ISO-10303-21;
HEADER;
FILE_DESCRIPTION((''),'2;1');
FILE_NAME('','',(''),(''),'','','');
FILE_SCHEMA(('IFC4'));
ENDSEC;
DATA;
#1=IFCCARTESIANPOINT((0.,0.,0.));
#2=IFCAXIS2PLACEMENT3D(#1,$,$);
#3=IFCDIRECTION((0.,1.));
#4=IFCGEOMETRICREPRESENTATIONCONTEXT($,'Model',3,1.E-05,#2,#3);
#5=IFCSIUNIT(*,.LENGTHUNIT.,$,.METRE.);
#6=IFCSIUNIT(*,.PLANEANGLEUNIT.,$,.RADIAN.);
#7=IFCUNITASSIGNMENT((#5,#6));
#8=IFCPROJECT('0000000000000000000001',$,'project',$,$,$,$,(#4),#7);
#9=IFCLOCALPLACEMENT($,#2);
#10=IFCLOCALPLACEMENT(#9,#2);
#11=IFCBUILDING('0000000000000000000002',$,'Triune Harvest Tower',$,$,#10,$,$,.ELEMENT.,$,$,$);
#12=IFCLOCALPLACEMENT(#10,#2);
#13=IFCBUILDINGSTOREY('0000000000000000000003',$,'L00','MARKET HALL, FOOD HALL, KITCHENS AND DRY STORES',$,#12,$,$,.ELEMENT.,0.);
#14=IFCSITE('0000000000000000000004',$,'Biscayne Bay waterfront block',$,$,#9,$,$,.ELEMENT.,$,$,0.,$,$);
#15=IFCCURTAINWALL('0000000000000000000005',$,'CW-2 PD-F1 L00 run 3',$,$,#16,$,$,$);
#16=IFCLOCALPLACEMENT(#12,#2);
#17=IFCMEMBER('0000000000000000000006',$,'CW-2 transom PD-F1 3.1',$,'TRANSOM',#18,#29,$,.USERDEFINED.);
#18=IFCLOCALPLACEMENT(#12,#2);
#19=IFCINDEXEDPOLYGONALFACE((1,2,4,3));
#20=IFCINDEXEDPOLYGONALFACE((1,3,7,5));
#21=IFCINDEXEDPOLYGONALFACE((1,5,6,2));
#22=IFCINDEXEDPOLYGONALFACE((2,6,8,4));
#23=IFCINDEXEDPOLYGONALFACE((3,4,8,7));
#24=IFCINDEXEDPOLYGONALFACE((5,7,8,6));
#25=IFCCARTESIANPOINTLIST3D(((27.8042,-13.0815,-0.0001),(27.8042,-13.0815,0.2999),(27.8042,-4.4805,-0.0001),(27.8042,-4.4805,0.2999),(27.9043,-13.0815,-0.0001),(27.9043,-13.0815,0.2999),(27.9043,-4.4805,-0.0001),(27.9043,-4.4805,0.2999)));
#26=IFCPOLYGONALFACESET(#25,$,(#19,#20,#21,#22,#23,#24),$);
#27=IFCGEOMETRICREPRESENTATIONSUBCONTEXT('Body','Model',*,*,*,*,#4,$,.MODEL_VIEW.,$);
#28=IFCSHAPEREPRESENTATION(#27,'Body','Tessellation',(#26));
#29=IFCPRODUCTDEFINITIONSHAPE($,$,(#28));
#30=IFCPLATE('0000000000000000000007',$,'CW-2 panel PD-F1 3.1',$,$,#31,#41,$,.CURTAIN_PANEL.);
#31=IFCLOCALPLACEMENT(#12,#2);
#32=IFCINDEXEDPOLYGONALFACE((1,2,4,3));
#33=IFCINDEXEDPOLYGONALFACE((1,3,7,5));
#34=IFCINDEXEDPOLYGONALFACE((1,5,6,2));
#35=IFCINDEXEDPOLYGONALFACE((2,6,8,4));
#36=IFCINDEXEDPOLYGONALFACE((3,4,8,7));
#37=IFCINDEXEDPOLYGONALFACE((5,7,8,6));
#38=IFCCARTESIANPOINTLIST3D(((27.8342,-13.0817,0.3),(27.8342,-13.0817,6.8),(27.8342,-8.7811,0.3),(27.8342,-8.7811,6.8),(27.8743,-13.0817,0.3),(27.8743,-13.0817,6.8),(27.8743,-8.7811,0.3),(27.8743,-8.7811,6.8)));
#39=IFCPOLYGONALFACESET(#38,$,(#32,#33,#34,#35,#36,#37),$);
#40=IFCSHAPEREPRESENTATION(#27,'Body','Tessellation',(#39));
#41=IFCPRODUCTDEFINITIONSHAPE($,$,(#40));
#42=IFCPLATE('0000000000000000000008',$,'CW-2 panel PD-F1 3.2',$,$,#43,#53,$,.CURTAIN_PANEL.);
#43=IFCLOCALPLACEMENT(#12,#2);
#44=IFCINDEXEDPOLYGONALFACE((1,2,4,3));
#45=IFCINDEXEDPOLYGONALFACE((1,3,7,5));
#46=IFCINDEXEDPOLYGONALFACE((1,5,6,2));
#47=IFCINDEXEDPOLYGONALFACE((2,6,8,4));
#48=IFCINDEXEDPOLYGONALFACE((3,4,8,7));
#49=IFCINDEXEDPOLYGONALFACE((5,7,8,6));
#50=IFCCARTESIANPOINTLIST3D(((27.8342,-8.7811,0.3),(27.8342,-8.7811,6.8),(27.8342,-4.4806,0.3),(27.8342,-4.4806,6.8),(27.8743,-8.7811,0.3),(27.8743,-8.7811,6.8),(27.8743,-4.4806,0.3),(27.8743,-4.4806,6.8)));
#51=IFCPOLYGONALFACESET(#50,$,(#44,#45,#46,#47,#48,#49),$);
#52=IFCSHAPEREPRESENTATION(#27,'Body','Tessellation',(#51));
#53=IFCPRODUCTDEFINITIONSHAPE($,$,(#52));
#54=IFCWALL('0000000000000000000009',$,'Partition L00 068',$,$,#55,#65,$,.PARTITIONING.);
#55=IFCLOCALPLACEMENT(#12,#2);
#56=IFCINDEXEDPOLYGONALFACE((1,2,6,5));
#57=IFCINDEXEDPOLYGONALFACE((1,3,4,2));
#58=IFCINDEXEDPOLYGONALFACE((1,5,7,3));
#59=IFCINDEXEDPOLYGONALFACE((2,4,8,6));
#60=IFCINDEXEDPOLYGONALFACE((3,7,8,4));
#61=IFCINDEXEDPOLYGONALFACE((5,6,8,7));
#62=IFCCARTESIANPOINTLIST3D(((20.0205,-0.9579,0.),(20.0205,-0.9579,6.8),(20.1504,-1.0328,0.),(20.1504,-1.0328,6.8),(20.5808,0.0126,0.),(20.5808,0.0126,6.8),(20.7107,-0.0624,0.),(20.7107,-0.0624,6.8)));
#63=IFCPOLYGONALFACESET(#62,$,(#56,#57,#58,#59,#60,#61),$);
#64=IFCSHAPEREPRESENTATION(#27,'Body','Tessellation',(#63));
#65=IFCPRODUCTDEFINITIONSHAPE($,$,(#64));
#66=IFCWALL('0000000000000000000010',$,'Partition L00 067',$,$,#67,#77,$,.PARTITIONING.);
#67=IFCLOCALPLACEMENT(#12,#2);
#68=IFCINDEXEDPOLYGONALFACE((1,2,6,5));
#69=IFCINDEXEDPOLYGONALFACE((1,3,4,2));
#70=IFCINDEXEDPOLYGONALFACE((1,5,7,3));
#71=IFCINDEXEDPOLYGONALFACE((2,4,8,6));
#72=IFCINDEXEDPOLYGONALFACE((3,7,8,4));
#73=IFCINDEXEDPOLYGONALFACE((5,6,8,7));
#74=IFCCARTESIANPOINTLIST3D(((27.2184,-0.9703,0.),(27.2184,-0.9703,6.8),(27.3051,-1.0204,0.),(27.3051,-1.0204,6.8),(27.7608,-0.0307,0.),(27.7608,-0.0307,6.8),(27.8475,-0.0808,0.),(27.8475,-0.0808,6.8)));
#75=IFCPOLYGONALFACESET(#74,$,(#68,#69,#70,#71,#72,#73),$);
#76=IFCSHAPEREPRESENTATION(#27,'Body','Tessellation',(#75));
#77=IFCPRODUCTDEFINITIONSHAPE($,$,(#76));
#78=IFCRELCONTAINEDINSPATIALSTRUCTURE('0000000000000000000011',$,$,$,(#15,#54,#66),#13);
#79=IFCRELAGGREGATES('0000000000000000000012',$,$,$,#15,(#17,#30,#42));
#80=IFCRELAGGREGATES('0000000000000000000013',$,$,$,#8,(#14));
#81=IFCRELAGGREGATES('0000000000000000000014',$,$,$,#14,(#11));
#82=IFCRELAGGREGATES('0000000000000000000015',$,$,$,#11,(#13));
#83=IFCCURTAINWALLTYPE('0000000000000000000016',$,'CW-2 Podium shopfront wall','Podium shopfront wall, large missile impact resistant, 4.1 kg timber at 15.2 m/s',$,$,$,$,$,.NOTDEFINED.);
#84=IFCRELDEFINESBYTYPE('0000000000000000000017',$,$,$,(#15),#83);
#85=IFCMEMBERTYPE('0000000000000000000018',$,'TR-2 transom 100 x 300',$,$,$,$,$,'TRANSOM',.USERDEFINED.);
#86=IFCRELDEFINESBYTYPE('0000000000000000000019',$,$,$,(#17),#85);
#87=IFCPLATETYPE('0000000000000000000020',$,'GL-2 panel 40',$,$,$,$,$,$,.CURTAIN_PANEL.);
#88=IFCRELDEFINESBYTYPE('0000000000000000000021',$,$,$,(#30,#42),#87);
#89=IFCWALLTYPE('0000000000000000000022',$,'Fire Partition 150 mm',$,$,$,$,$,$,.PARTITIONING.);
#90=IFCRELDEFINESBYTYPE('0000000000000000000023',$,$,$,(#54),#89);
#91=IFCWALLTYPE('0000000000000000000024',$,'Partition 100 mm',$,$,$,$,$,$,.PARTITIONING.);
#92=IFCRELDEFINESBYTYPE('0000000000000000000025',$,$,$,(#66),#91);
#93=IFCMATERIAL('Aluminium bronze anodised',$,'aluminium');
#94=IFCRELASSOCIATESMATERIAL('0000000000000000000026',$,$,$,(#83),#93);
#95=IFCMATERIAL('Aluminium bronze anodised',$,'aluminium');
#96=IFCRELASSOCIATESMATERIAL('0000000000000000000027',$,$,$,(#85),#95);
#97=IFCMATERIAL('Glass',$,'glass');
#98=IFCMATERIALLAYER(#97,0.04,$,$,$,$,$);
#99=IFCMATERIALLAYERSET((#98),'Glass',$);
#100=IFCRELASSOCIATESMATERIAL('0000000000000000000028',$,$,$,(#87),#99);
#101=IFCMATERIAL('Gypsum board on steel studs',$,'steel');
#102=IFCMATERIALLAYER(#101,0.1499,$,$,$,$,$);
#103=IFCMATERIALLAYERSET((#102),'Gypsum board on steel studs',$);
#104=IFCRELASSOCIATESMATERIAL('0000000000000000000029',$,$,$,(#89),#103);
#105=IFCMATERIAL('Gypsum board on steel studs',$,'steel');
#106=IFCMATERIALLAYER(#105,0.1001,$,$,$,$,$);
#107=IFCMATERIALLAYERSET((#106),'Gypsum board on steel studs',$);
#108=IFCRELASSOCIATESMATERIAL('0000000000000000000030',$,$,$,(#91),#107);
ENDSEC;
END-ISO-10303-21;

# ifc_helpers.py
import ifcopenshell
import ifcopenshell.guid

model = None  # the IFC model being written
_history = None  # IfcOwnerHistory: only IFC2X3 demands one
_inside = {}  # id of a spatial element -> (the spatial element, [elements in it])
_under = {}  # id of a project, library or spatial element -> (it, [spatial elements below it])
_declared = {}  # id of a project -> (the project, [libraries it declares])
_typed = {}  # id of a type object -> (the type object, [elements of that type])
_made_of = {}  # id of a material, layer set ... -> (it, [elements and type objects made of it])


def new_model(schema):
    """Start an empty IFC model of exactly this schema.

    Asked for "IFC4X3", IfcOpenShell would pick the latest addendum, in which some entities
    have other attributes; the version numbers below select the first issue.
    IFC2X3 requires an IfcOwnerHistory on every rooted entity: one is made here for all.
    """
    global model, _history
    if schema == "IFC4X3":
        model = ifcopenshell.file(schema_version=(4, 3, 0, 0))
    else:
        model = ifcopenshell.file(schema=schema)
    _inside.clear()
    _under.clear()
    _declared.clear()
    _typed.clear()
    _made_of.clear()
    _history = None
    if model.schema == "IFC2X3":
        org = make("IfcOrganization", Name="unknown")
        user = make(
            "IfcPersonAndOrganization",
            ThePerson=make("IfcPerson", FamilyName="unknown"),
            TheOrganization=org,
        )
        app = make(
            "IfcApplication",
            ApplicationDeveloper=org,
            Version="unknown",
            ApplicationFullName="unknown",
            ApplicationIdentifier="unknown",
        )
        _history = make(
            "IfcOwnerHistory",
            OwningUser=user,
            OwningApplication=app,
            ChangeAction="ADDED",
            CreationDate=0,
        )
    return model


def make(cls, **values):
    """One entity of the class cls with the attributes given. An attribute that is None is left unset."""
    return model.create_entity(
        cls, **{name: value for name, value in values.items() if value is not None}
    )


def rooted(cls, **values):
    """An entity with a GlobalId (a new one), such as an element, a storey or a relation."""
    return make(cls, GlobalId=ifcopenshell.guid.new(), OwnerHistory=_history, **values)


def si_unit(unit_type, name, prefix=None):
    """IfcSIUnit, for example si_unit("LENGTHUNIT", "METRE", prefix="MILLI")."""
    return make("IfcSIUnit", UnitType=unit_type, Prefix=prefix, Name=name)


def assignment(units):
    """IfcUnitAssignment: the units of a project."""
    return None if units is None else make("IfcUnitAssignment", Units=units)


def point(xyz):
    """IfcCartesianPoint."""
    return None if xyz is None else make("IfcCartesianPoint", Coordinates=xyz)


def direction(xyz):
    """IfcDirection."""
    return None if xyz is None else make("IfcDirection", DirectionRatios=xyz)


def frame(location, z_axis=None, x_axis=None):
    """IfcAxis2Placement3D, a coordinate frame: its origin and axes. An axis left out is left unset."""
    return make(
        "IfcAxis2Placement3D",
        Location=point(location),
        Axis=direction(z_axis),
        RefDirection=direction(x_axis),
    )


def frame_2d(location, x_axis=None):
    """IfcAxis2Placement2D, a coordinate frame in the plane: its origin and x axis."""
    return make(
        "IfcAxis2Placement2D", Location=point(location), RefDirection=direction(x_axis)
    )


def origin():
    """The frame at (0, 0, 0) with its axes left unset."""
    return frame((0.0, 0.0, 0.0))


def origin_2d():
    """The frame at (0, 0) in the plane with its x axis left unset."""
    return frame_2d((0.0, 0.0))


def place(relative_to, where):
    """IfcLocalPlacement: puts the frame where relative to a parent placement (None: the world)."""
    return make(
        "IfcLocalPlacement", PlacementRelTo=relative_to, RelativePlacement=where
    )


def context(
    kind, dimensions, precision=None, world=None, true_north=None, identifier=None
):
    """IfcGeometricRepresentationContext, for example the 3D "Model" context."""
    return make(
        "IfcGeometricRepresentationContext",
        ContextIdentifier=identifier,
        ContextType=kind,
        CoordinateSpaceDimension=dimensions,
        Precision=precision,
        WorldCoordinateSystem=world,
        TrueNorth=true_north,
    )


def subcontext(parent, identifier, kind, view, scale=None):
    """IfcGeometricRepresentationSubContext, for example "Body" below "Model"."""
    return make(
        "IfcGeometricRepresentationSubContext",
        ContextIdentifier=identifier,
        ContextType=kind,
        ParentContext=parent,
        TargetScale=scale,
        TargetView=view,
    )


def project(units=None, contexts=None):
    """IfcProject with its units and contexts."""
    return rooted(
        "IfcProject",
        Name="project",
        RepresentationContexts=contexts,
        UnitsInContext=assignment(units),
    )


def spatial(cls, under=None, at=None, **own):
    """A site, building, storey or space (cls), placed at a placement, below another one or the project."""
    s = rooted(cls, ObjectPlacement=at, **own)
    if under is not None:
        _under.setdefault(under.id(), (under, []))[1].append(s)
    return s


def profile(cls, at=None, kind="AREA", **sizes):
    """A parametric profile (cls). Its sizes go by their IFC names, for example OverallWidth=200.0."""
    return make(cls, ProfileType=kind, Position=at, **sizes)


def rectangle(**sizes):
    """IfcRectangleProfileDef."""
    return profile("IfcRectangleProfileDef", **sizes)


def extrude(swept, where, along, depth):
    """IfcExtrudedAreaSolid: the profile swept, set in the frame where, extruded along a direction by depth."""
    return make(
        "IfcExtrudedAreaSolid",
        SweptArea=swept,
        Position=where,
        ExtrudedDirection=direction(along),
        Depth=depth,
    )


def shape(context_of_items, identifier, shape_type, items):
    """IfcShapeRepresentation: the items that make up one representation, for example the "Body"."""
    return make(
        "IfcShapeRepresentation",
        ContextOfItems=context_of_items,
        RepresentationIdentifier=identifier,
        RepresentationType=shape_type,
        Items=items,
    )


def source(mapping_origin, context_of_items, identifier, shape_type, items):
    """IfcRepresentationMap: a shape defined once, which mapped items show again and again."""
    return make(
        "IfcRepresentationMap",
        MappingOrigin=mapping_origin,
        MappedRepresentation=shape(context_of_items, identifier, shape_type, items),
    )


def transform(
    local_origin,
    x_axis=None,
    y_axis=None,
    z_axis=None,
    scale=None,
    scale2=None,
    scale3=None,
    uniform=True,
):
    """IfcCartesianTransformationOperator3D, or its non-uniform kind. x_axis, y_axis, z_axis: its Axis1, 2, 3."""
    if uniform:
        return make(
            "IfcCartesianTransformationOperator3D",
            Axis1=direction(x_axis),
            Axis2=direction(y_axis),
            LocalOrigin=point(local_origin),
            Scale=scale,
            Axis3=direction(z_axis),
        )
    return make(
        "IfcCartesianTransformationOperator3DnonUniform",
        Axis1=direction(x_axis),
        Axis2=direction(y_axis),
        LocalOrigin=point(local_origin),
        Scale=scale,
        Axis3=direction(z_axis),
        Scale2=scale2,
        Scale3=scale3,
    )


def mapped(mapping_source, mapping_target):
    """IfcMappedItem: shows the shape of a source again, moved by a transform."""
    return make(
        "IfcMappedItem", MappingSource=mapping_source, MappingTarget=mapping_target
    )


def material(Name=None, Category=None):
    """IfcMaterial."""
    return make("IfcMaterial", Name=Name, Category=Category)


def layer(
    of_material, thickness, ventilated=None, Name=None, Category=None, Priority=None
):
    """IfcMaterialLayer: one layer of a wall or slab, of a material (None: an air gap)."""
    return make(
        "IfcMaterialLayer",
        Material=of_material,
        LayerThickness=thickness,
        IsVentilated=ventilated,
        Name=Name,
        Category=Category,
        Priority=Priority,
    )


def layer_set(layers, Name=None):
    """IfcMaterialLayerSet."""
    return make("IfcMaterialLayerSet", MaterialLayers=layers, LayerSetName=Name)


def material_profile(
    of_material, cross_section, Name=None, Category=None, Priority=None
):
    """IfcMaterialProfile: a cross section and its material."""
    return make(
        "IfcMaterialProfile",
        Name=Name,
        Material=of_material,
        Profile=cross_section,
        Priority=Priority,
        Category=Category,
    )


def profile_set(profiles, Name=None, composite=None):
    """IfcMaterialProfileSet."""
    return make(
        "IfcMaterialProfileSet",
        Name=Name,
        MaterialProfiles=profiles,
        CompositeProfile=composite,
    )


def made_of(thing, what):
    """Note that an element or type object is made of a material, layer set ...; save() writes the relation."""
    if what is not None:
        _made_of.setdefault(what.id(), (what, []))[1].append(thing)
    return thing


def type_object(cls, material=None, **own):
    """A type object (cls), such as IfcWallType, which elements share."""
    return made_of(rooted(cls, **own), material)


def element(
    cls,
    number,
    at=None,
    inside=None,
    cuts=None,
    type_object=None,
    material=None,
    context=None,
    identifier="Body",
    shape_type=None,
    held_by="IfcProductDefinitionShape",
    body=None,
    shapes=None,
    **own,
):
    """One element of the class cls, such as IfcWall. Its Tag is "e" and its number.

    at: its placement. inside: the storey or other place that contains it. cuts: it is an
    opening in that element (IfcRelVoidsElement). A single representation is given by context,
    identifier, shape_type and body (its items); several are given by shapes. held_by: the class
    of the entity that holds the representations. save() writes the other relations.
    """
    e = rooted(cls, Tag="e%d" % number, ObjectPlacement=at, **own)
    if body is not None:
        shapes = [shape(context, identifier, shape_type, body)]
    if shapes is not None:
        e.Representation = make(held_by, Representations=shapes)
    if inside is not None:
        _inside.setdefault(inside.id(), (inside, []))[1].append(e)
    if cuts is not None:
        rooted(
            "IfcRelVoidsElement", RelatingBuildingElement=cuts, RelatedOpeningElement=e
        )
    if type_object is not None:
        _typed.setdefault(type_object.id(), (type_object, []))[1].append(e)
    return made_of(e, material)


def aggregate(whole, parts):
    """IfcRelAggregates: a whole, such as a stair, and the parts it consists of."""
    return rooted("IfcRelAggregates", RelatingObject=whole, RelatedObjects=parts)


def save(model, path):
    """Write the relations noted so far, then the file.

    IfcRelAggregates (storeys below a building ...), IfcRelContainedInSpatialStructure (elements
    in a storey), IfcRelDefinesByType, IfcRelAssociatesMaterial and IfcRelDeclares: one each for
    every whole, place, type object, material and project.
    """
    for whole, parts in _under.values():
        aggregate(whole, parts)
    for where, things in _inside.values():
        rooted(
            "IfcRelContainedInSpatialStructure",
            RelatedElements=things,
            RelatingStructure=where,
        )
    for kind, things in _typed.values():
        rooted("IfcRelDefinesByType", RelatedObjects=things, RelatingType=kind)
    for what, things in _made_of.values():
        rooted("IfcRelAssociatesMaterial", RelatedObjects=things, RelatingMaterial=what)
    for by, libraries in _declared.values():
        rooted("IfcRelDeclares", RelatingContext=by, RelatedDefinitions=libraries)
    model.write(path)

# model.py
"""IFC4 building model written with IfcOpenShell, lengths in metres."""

from ifc_helpers import new_model, si_unit, direction, frame, frame_2d, origin, origin_2d, place, context, subcontext, project, spatial, rectangle, extrude, source, transform, mapped, material, layer, layer_set, material_profile, profile_set, type_object, element, aggregate, save


model = new_model("IFC4")

# Units and contexts
model_context = context("Model", 3, precision=1e-05, world=origin(), true_north=direction((0.0, 1.0)))
body_context = subcontext(model_context, "Body", "Model", "MODEL_VIEW")
ifc_project = project(units=[si_unit("LENGTHUNIT", "METRE"), si_unit("PLANEANGLEUNIT", "RADIAN")], contexts=[model_context])

# Site, building, storey
site_placement = place(None, origin())
site = spatial("IfcSite", under=ifc_project, at=site_placement, Name="Biscayne Bay waterfront block", CompositionType="ELEMENT", RefElevation=0.0)
building_placement = place(site_placement, origin())
building = spatial("IfcBuilding", under=site, at=building_placement, Name="Triune Harvest Tower", CompositionType="ELEMENT")
storey_placement = place(building_placement, origin())
storey = spatial("IfcBuildingStorey", under=building, at=storey_placement, Name="L00", Description="MARKET HALL, FOOD HALL, KITCHENS AND DRY STORES", CompositionType="ELEMENT", Elevation=0.0)

# Curtain wall, member, plates
ifc_material_1 = material(Name="Aluminium bronze anodised", Category="aluminium")
curtain_wall_type = type_object("IfcCurtainWallType", Name="CW-2 Podium shopfront wall", Description="Podium shopfront wall, large missile impact resistant, 4.1 kg timber at 15.2 m/s", PredefinedType="NOTDEFINED", material=ifc_material_1)
curtain_wall_placement = place(storey_placement, origin())
curtain_wall = element("IfcCurtainWall", 1, at=curtain_wall_placement, inside=storey, type_object=curtain_wall_type, Name="CW-2 PD-F1 L00 run 3")
ifc_material_2 = material(Name="Aluminium bronze anodised", Category="aluminium")
ifc_material_profile_1 = material_profile(ifc_material_2, rectangle(XDim=0.1001, YDim=0.3, at=origin_2d()), Name="TR-2 transom 100 x 300")
ifc_profile_set_1 = profile_set([ifc_material_profile_1], Name="Aluminium bronze anodised")
member_type_1 = type_object("IfcMemberType", Name="TR-2 transom 100 x 300", ElementType="TRANSOM", PredefinedType="USERDEFINED", material=ifc_profile_set_1)
shared_shape_1 = source(origin(), body_context, "Body", "SweptSolid", [
    extrude(rectangle(XDim=0.1001, YDim=0.3, at=origin_2d()), origin(), (0.0, 0.0, 1.0), 8.6011),
])
member_1_placement = place(storey_placement, frame((27.8542, -13.0815, 0.1499), z_axis=(0.0, 1.0, 0.0), x_axis=(-1.0, 0.0, 0.0)))
member_1 = element("IfcMember", 2, at=member_1_placement, type_object=member_type_1, Name="CW-2 transom PD-F1 3.1", ObjectType="TRANSOM", PredefinedType="USERDEFINED", context=body_context, shape_type="MappedRepresentation", body=[
    mapped(shared_shape_1, transform((0.0, 0.0, 0.0), scale=1.0)),
])
ifc_material_3 = material(Name="Glass", Category="glass")
ifc_layer_1 = layer(ifc_material_3, 0.04)
ifc_layer_set_1 = layer_set([ifc_layer_1], Name="Glass")
plate_type = type_object("IfcPlateType", Name="GL-2 panel 40", PredefinedType="CURTAIN_PANEL", material=ifc_layer_set_1)
shared_shape_2 = source(origin(), body_context, "Body", "SweptSolid", [
    extrude(rectangle(XDim=4.3005, YDim=0.04, at=origin_2d()), origin(), (0.0, 0.0, 1.0), 6.5),
])
plate_1_placement = place(storey_placement, frame((27.8542, -10.9314, 0.3), z_axis=(0.0, 0.0, 1.0), x_axis=(0.0, 1.0, 0.0)))
plate_1 = element("IfcPlate", 3, at=plate_1_placement, type_object=plate_type, Name="CW-2 panel PD-F1 3.1", PredefinedType="CURTAIN_PANEL", context=body_context, shape_type="MappedRepresentation", body=[
    mapped(shared_shape_2, transform((0.0, 0.0, 0.0), scale=1.0)),
])
plate_2_placement = place(storey_placement, frame((27.8542, -6.6309, 0.3), z_axis=(0.0, 0.0, 1.0), x_axis=(0.0, 1.0, 0.0)))
plate_2 = element("IfcPlate", 4, at=plate_2_placement, type_object=plate_type, Name="CW-2 panel PD-F1 3.2", PredefinedType="CURTAIN_PANEL", context=body_context, shape_type="MappedRepresentation", body=[
    mapped(shared_shape_2, transform((0.0, 0.0, 0.0), scale=1.0)),
])
aggregate(curtain_wall, [member_1, plate_1, plate_2])

# Walls
ifc_material_4 = material(Name="Gypsum board on steel studs", Category="steel")
ifc_layer_2 = layer(ifc_material_4, 0.1499)
ifc_layer_set_2 = layer_set([ifc_layer_2], Name="Gypsum board on steel studs")
wall_type_1 = type_object("IfcWallType", Name="Fire Partition 150 mm", PredefinedType="PARTITIONING", material=ifc_layer_set_2)
wall_1_placement = place(storey_placement, frame((20.0854, -0.9954, 0.0), z_axis=(0.0, 0.0, 1.0), x_axis=(0.500005, 0.866022, 0.0)))
element("IfcWall", 5, at=wall_1_placement, inside=storey, type_object=wall_type_1, Name="Partition L00 068", PredefinedType="PARTITIONING", context=body_context, shape_type="SweptSolid", body=[
    extrude(rectangle(XDim=1.1206, YDim=0.1499, at=frame_2d((0.5603, 0.0))), origin(), (0.0, 0.0, 1.0), 6.8),
])
ifc_material_5 = material(Name="Gypsum board on steel studs", Category="steel")
ifc_layer_3 = layer(ifc_material_5, 0.1001)
ifc_layer_set_3 = layer_set([ifc_layer_3], Name="Gypsum board on steel studs")
wall_type_2 = type_object("IfcWallType", Name="Partition 100 mm", PredefinedType="PARTITIONING", material=ifc_layer_set_3)
wall_2_placement = place(storey_placement, frame((27.2617, -0.9954, 0.0), z_axis=(0.0, 0.0, 1.0), x_axis=(0.499963, 0.866047, 0.0)))
element("IfcWall", 6, at=wall_2_placement, inside=storey, type_object=wall_type_2, Name="Partition L00 067", PredefinedType="PARTITIONING", context=body_context, shape_type="SweptSolid", body=[
    extrude(rectangle(XDim=1.085, YDim=0.1001, at=frame_2d((0.5425, 0.0))), origin(), (0.0, 0.0, 1.0), 6.8),
])

save(model, "model.ifc")
